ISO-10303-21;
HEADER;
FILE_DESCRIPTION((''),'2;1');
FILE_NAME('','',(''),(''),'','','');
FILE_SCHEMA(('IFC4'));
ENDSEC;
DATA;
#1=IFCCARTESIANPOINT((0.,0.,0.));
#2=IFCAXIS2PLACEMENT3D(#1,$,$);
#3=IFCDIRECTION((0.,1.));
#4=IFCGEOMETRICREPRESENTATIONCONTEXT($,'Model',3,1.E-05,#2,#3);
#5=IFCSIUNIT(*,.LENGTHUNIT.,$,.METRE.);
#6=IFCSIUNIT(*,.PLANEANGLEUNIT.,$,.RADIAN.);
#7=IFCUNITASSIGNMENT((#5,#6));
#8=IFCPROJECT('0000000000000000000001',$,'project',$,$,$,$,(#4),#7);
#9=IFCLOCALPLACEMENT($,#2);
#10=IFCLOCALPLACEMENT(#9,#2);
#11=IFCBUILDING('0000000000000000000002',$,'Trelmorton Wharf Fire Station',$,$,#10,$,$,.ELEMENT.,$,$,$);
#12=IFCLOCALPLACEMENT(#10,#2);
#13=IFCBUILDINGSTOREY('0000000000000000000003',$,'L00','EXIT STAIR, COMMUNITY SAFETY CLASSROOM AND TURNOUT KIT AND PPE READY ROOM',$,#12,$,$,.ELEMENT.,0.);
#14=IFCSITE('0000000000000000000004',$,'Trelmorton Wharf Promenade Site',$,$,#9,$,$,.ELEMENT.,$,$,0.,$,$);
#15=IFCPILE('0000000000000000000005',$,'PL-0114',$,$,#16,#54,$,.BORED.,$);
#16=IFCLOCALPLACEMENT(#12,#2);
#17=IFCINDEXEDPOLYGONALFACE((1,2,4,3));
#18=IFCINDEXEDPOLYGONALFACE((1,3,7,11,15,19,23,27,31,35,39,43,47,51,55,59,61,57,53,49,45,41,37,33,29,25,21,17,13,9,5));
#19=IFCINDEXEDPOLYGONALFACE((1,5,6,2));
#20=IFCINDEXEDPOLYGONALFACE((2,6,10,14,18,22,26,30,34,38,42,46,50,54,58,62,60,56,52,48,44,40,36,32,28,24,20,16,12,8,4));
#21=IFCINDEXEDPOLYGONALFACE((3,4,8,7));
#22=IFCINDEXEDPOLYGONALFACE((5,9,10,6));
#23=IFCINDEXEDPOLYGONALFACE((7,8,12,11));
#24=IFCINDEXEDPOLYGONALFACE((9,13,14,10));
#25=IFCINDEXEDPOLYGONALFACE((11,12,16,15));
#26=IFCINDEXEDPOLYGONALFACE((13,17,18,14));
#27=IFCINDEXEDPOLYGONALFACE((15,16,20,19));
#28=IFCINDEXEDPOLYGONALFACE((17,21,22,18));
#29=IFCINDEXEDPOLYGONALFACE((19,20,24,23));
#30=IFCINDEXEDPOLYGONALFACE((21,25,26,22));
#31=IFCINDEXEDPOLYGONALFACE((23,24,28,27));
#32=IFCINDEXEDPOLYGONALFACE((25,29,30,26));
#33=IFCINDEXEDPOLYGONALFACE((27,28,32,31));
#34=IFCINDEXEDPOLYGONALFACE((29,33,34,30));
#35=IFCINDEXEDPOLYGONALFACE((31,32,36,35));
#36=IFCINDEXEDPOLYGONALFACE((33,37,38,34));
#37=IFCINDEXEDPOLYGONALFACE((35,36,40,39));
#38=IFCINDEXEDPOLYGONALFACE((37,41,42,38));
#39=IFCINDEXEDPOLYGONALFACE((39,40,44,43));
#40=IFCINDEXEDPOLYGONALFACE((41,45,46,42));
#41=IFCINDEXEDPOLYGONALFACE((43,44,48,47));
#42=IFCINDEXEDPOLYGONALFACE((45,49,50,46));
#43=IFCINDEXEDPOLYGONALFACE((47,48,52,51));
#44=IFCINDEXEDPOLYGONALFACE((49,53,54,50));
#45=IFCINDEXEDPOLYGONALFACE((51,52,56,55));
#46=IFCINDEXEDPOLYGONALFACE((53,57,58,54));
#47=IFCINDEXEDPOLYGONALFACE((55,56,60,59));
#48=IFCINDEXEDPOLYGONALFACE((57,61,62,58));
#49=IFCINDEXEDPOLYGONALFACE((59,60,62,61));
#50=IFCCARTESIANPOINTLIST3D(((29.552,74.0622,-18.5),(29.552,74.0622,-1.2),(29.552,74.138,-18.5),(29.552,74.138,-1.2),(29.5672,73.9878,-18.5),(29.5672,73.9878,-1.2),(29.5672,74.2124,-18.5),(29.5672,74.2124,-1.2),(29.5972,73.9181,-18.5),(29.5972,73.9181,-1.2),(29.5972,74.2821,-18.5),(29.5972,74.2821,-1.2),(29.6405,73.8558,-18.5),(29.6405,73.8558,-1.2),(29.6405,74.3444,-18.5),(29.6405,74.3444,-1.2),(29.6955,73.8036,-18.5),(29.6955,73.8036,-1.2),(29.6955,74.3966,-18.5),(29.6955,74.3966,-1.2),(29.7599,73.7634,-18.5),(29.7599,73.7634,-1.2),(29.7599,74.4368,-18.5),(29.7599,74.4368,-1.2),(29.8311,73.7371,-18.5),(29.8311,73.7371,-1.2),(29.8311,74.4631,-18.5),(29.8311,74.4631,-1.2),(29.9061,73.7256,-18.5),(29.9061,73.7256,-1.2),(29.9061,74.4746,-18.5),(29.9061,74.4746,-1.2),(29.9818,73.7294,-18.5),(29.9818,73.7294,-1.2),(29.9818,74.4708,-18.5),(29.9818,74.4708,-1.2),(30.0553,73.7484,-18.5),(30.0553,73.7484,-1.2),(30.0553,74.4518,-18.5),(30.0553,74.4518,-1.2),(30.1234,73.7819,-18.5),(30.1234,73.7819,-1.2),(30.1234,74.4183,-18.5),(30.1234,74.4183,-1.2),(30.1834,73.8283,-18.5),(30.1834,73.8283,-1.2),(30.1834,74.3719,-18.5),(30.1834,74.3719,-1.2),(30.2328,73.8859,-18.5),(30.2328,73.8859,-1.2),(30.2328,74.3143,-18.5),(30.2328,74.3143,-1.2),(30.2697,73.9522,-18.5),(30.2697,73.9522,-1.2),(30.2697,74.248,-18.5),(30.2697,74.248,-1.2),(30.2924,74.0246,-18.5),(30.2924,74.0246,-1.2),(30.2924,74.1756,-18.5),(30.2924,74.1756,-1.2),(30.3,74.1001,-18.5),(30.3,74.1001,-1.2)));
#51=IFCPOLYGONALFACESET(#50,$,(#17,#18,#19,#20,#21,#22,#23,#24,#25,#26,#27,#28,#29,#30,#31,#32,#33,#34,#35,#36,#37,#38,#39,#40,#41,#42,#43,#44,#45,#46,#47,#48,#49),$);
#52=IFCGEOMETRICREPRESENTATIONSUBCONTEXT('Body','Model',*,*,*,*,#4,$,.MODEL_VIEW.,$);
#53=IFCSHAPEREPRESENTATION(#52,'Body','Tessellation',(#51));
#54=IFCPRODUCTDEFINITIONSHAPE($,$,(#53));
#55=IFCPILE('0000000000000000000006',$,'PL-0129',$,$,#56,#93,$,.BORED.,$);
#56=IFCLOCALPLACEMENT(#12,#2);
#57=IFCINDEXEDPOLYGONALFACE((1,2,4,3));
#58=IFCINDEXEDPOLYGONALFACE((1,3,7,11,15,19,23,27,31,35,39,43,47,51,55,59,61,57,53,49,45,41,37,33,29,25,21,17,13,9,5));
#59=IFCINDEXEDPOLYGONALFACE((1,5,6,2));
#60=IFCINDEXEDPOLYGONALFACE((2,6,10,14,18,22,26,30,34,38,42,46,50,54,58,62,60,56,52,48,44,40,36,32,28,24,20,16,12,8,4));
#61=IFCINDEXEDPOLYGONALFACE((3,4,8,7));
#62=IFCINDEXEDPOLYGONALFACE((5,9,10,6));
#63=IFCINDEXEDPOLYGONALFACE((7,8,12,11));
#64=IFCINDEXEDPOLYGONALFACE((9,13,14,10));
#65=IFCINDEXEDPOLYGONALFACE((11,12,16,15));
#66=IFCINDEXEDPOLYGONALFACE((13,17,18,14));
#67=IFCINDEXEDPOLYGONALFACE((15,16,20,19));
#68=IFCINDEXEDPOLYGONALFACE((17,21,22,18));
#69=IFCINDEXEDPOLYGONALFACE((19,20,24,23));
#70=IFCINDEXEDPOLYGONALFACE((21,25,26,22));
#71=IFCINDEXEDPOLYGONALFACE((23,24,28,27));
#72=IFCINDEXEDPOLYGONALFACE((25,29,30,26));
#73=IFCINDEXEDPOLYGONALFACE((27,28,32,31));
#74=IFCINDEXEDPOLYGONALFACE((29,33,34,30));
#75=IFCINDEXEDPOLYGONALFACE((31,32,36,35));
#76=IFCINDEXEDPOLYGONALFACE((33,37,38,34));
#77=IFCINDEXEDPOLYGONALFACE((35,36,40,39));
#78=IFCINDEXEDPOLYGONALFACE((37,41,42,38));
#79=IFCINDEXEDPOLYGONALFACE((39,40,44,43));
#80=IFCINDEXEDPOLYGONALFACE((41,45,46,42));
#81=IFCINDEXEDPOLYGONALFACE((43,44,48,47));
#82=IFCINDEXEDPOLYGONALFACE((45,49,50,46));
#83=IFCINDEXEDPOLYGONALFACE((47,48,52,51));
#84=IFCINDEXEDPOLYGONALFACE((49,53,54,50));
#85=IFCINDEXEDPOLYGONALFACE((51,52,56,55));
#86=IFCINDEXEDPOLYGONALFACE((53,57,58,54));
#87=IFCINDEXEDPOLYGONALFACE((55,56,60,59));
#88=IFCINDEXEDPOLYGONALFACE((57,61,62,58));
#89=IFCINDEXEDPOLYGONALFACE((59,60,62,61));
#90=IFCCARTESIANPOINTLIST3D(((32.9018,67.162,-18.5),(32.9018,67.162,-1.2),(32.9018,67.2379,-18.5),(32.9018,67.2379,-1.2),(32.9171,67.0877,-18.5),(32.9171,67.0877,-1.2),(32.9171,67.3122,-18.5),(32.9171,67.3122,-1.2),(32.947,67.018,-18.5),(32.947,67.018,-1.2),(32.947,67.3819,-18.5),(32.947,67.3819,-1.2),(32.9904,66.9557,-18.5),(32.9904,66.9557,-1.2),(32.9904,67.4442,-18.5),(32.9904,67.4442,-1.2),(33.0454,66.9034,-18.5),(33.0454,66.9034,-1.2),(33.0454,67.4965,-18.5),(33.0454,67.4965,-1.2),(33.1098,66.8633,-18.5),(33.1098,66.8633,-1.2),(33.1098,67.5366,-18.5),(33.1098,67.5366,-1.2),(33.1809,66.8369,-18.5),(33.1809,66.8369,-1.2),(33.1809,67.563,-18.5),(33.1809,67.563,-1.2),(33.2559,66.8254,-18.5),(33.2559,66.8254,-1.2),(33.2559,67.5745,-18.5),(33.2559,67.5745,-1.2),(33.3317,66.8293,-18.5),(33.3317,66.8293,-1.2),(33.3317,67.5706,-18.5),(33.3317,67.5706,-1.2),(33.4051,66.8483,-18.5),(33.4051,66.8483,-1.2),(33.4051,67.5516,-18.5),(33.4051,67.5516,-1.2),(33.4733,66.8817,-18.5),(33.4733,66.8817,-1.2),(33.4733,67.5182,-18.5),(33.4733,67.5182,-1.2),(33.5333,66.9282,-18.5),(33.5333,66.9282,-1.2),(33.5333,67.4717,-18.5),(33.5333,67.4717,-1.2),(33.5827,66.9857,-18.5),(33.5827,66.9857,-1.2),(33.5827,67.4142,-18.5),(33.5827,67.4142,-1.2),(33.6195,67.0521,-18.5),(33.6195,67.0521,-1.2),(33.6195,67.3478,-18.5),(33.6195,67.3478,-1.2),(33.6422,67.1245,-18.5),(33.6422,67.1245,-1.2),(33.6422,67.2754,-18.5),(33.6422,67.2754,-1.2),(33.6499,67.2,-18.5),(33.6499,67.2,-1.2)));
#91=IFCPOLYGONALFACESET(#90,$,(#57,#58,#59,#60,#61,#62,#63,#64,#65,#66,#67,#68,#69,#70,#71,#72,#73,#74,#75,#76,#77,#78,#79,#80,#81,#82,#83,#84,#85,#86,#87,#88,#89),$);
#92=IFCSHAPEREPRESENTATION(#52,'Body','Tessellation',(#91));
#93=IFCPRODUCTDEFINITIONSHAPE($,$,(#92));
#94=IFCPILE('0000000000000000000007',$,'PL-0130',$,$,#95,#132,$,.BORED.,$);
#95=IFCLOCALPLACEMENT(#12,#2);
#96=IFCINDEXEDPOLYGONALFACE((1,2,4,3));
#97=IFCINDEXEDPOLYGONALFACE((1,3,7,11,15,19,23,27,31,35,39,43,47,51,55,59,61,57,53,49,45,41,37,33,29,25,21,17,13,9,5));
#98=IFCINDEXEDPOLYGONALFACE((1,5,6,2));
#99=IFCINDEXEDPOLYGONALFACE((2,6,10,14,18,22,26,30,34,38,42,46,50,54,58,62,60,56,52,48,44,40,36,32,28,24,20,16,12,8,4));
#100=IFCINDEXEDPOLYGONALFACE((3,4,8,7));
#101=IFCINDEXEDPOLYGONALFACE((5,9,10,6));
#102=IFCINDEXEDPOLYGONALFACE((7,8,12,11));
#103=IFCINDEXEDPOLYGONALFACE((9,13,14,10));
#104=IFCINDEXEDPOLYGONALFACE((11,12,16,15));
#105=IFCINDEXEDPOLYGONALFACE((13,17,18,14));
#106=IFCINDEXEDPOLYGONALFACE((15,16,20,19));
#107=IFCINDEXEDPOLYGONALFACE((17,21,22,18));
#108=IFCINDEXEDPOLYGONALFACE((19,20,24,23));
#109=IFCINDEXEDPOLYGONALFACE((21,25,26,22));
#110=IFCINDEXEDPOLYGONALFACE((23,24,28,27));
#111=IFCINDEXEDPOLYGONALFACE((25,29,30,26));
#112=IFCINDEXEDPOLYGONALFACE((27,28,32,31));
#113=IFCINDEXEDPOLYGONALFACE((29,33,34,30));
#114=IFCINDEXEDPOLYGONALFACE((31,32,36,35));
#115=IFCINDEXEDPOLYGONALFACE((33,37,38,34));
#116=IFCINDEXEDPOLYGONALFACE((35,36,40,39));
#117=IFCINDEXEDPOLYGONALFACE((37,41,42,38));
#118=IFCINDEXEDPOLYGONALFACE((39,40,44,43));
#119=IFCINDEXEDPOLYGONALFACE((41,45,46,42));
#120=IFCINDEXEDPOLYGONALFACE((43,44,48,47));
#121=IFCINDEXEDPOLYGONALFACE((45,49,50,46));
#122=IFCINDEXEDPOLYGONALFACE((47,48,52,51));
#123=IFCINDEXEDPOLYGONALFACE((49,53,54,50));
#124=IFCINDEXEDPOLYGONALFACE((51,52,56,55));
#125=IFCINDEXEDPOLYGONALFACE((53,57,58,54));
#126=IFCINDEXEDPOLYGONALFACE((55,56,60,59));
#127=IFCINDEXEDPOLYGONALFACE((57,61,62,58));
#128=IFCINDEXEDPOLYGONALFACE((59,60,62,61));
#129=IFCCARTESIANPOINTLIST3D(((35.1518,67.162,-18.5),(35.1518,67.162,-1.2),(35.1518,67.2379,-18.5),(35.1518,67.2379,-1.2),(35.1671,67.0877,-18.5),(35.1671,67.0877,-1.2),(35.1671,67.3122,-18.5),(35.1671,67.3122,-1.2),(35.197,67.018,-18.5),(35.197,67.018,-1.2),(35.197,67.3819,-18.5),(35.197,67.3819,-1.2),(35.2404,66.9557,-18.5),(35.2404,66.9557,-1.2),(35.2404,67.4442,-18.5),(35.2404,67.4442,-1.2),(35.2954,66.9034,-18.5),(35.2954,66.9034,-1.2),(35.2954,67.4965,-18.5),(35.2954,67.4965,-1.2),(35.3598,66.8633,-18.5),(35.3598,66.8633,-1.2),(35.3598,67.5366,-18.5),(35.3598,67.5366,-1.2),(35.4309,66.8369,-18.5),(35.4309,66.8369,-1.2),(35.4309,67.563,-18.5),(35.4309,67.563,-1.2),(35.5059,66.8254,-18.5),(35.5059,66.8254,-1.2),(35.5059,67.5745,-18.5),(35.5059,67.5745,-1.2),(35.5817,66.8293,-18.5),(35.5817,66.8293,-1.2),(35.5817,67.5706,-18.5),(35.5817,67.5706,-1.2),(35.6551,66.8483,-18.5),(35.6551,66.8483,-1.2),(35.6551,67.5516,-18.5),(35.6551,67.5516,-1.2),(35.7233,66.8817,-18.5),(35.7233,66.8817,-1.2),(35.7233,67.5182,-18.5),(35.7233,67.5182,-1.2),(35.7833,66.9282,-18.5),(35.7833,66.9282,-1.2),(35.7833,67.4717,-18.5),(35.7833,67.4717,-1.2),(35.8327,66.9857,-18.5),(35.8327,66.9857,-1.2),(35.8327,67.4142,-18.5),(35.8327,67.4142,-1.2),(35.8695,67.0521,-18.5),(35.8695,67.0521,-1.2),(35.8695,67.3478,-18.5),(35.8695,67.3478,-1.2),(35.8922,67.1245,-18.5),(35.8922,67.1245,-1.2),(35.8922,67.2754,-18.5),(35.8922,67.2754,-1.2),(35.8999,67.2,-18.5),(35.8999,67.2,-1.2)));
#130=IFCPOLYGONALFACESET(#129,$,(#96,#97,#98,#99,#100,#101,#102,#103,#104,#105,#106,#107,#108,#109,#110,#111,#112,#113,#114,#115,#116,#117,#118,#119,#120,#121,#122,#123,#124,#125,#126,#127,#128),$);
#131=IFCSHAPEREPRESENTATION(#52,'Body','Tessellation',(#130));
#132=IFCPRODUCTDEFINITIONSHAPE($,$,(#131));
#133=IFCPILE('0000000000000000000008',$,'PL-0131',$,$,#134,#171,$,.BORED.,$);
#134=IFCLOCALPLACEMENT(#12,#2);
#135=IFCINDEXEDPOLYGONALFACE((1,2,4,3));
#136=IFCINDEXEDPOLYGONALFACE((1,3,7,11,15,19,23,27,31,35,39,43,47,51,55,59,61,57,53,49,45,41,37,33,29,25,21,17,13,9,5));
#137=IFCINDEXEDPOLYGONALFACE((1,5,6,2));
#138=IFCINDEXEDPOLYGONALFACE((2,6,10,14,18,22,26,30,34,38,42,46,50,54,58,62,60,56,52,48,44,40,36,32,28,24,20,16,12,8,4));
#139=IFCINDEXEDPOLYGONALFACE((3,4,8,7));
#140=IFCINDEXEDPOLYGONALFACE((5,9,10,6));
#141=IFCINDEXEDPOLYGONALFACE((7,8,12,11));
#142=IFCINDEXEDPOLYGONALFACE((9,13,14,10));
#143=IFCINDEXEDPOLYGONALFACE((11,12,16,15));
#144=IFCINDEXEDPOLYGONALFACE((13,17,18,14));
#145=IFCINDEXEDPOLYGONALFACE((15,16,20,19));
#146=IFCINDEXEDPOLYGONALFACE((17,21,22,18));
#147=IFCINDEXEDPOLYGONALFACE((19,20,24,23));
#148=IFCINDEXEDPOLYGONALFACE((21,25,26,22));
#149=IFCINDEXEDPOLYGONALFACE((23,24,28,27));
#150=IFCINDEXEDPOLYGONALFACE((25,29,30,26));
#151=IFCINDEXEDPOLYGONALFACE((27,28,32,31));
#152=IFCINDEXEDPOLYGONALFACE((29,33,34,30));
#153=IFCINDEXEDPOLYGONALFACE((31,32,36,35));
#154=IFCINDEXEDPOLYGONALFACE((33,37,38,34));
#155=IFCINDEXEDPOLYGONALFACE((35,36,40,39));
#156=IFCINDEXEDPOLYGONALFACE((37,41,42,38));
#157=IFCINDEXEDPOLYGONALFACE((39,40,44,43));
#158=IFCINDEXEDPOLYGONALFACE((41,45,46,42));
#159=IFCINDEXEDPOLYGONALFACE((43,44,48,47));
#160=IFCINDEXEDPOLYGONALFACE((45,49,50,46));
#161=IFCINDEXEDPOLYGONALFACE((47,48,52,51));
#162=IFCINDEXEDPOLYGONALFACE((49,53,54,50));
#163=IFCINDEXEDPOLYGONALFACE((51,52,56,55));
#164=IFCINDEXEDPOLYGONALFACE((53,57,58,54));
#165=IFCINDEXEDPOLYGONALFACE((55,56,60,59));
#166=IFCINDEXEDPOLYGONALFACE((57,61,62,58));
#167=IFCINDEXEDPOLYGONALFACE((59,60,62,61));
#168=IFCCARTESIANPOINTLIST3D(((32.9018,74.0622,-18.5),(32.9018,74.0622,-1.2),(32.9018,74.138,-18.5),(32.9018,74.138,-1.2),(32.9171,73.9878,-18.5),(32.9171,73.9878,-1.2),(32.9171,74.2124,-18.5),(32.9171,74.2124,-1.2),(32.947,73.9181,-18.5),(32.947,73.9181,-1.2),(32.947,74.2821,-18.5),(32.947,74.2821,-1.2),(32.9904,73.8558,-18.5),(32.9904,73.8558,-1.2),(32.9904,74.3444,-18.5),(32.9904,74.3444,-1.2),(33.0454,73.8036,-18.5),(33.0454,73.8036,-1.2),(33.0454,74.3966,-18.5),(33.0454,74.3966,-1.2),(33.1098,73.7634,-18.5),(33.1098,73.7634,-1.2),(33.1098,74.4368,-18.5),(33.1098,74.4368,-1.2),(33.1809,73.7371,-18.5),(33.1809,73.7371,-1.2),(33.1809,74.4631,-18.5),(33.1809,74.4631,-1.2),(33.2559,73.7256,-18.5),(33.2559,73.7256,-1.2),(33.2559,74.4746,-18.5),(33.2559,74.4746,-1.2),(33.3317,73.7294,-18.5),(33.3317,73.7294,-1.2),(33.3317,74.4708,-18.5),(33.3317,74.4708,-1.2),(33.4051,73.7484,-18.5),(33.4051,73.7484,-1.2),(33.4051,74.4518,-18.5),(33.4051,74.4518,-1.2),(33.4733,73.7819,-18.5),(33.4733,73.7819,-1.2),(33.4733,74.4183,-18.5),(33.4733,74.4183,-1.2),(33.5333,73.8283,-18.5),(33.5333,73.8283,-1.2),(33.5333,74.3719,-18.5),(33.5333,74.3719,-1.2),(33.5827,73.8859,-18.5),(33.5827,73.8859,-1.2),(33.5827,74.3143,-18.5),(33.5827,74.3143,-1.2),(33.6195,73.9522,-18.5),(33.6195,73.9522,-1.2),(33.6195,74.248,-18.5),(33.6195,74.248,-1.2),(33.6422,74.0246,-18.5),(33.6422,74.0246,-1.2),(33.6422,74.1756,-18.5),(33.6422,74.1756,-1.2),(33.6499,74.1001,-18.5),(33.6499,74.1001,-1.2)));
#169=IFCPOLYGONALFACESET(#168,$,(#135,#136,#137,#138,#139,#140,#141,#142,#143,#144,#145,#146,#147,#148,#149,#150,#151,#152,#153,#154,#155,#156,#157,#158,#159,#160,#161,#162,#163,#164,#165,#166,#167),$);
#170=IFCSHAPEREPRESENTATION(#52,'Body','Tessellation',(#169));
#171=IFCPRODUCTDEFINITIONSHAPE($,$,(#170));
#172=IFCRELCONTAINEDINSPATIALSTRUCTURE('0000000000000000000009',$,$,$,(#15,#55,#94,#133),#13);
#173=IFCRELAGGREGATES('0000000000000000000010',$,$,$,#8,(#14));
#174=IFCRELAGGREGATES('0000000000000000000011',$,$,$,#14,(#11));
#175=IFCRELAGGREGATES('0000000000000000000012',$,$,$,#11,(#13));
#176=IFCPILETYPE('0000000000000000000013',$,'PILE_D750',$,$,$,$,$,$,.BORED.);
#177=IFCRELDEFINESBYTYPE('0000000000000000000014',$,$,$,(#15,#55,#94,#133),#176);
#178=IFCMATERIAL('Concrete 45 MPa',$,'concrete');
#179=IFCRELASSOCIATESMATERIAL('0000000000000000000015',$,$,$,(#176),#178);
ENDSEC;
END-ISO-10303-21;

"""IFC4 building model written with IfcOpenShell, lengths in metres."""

from ifc_helpers import new_model, si_unit, direction, frame, origin, origin_2d, place, context, subcontext, project, spatial, circle, extrude, material, material_profile, profile_set, type_object, element, save


model = new_model("IFC4")

# Units and contexts
model_context = context("Model", 3, precision=1e-05, world=origin(), true_north=direction((0.0, 1.0)))
body_context = subcontext(model_context, "Body", "Model", "MODEL_VIEW")
ifc_project = project(units=[si_unit("LENGTHUNIT", "METRE"), si_unit("PLANEANGLEUNIT", "RADIAN")], contexts=[model_context])

# Site, building, storey
site_placement = place(None, origin())
site = spatial("IfcSite", under=ifc_project, at=site_placement, Name="Trelmorton Wharf Promenade Site", CompositionType="ELEMENT", RefElevation=0.0)
building_placement = place(site_placement, origin())
building = spatial("IfcBuilding", under=site, at=building_placement, Name="Trelmorton Wharf Fire Station", CompositionType="ELEMENT")
storey_placement = place(building_placement, origin())
storey = spatial("IfcBuildingStorey", under=building, at=storey_placement, Name="L00", Description="EXIT STAIR, COMMUNITY SAFETY CLASSROOM AND TURNOUT KIT AND PPE READY ROOM", CompositionType="ELEMENT", Elevation=0.0)

# Piles
ifc_material_1 = material(Name="Concrete 45 MPa", Category="concrete")
ifc_material_profile_1 = material_profile(ifc_material_1, circle(Radius=0.375, at=origin_2d()), Name="PILE-D750")
ifc_profile_set_1 = profile_set([ifc_material_profile_1], Name="Concrete 45 MPa")
pile_type = type_object("IfcPileType", Name="PILE_D750", PredefinedType="BORED", material=ifc_profile_set_1)
for number, where, z_axis, x_axis, name in (
    (1, (29.925, 74.1001, -1.2), (0.0, 0.0, -1.0), (1.0, 0.0, 0.0), "PL-0114"),
    (2, (33.2749, 67.2, -1.2), (0.0, 0.0, -1.0), (1.0, 0.0, 0.0), "PL-0129"),
    (3, (35.5249, 67.2, -1.2), (0.0, 0.0, -1.0), (1.0, 0.0, 0.0), "PL-0130"),
    (4, (33.2749, 74.1001, -1.2), (0.0, 0.0, -1.0), (1.0, 0.0, 0.0), "PL-0131"),
):
    element("IfcPile", number, at=place(storey_placement, frame(where, z_axis=z_axis, x_axis=x_axis)), inside=storey, type_object=pile_type, Name=name, PredefinedType="BORED", context=body_context, shape_type="SweptSolid", body=[
        extrude(circle(Radius=0.375, at=origin_2d()), origin(), (0.0, 0.0, 1.0), 17.3),
    ])

save(model, "model.ifc")
